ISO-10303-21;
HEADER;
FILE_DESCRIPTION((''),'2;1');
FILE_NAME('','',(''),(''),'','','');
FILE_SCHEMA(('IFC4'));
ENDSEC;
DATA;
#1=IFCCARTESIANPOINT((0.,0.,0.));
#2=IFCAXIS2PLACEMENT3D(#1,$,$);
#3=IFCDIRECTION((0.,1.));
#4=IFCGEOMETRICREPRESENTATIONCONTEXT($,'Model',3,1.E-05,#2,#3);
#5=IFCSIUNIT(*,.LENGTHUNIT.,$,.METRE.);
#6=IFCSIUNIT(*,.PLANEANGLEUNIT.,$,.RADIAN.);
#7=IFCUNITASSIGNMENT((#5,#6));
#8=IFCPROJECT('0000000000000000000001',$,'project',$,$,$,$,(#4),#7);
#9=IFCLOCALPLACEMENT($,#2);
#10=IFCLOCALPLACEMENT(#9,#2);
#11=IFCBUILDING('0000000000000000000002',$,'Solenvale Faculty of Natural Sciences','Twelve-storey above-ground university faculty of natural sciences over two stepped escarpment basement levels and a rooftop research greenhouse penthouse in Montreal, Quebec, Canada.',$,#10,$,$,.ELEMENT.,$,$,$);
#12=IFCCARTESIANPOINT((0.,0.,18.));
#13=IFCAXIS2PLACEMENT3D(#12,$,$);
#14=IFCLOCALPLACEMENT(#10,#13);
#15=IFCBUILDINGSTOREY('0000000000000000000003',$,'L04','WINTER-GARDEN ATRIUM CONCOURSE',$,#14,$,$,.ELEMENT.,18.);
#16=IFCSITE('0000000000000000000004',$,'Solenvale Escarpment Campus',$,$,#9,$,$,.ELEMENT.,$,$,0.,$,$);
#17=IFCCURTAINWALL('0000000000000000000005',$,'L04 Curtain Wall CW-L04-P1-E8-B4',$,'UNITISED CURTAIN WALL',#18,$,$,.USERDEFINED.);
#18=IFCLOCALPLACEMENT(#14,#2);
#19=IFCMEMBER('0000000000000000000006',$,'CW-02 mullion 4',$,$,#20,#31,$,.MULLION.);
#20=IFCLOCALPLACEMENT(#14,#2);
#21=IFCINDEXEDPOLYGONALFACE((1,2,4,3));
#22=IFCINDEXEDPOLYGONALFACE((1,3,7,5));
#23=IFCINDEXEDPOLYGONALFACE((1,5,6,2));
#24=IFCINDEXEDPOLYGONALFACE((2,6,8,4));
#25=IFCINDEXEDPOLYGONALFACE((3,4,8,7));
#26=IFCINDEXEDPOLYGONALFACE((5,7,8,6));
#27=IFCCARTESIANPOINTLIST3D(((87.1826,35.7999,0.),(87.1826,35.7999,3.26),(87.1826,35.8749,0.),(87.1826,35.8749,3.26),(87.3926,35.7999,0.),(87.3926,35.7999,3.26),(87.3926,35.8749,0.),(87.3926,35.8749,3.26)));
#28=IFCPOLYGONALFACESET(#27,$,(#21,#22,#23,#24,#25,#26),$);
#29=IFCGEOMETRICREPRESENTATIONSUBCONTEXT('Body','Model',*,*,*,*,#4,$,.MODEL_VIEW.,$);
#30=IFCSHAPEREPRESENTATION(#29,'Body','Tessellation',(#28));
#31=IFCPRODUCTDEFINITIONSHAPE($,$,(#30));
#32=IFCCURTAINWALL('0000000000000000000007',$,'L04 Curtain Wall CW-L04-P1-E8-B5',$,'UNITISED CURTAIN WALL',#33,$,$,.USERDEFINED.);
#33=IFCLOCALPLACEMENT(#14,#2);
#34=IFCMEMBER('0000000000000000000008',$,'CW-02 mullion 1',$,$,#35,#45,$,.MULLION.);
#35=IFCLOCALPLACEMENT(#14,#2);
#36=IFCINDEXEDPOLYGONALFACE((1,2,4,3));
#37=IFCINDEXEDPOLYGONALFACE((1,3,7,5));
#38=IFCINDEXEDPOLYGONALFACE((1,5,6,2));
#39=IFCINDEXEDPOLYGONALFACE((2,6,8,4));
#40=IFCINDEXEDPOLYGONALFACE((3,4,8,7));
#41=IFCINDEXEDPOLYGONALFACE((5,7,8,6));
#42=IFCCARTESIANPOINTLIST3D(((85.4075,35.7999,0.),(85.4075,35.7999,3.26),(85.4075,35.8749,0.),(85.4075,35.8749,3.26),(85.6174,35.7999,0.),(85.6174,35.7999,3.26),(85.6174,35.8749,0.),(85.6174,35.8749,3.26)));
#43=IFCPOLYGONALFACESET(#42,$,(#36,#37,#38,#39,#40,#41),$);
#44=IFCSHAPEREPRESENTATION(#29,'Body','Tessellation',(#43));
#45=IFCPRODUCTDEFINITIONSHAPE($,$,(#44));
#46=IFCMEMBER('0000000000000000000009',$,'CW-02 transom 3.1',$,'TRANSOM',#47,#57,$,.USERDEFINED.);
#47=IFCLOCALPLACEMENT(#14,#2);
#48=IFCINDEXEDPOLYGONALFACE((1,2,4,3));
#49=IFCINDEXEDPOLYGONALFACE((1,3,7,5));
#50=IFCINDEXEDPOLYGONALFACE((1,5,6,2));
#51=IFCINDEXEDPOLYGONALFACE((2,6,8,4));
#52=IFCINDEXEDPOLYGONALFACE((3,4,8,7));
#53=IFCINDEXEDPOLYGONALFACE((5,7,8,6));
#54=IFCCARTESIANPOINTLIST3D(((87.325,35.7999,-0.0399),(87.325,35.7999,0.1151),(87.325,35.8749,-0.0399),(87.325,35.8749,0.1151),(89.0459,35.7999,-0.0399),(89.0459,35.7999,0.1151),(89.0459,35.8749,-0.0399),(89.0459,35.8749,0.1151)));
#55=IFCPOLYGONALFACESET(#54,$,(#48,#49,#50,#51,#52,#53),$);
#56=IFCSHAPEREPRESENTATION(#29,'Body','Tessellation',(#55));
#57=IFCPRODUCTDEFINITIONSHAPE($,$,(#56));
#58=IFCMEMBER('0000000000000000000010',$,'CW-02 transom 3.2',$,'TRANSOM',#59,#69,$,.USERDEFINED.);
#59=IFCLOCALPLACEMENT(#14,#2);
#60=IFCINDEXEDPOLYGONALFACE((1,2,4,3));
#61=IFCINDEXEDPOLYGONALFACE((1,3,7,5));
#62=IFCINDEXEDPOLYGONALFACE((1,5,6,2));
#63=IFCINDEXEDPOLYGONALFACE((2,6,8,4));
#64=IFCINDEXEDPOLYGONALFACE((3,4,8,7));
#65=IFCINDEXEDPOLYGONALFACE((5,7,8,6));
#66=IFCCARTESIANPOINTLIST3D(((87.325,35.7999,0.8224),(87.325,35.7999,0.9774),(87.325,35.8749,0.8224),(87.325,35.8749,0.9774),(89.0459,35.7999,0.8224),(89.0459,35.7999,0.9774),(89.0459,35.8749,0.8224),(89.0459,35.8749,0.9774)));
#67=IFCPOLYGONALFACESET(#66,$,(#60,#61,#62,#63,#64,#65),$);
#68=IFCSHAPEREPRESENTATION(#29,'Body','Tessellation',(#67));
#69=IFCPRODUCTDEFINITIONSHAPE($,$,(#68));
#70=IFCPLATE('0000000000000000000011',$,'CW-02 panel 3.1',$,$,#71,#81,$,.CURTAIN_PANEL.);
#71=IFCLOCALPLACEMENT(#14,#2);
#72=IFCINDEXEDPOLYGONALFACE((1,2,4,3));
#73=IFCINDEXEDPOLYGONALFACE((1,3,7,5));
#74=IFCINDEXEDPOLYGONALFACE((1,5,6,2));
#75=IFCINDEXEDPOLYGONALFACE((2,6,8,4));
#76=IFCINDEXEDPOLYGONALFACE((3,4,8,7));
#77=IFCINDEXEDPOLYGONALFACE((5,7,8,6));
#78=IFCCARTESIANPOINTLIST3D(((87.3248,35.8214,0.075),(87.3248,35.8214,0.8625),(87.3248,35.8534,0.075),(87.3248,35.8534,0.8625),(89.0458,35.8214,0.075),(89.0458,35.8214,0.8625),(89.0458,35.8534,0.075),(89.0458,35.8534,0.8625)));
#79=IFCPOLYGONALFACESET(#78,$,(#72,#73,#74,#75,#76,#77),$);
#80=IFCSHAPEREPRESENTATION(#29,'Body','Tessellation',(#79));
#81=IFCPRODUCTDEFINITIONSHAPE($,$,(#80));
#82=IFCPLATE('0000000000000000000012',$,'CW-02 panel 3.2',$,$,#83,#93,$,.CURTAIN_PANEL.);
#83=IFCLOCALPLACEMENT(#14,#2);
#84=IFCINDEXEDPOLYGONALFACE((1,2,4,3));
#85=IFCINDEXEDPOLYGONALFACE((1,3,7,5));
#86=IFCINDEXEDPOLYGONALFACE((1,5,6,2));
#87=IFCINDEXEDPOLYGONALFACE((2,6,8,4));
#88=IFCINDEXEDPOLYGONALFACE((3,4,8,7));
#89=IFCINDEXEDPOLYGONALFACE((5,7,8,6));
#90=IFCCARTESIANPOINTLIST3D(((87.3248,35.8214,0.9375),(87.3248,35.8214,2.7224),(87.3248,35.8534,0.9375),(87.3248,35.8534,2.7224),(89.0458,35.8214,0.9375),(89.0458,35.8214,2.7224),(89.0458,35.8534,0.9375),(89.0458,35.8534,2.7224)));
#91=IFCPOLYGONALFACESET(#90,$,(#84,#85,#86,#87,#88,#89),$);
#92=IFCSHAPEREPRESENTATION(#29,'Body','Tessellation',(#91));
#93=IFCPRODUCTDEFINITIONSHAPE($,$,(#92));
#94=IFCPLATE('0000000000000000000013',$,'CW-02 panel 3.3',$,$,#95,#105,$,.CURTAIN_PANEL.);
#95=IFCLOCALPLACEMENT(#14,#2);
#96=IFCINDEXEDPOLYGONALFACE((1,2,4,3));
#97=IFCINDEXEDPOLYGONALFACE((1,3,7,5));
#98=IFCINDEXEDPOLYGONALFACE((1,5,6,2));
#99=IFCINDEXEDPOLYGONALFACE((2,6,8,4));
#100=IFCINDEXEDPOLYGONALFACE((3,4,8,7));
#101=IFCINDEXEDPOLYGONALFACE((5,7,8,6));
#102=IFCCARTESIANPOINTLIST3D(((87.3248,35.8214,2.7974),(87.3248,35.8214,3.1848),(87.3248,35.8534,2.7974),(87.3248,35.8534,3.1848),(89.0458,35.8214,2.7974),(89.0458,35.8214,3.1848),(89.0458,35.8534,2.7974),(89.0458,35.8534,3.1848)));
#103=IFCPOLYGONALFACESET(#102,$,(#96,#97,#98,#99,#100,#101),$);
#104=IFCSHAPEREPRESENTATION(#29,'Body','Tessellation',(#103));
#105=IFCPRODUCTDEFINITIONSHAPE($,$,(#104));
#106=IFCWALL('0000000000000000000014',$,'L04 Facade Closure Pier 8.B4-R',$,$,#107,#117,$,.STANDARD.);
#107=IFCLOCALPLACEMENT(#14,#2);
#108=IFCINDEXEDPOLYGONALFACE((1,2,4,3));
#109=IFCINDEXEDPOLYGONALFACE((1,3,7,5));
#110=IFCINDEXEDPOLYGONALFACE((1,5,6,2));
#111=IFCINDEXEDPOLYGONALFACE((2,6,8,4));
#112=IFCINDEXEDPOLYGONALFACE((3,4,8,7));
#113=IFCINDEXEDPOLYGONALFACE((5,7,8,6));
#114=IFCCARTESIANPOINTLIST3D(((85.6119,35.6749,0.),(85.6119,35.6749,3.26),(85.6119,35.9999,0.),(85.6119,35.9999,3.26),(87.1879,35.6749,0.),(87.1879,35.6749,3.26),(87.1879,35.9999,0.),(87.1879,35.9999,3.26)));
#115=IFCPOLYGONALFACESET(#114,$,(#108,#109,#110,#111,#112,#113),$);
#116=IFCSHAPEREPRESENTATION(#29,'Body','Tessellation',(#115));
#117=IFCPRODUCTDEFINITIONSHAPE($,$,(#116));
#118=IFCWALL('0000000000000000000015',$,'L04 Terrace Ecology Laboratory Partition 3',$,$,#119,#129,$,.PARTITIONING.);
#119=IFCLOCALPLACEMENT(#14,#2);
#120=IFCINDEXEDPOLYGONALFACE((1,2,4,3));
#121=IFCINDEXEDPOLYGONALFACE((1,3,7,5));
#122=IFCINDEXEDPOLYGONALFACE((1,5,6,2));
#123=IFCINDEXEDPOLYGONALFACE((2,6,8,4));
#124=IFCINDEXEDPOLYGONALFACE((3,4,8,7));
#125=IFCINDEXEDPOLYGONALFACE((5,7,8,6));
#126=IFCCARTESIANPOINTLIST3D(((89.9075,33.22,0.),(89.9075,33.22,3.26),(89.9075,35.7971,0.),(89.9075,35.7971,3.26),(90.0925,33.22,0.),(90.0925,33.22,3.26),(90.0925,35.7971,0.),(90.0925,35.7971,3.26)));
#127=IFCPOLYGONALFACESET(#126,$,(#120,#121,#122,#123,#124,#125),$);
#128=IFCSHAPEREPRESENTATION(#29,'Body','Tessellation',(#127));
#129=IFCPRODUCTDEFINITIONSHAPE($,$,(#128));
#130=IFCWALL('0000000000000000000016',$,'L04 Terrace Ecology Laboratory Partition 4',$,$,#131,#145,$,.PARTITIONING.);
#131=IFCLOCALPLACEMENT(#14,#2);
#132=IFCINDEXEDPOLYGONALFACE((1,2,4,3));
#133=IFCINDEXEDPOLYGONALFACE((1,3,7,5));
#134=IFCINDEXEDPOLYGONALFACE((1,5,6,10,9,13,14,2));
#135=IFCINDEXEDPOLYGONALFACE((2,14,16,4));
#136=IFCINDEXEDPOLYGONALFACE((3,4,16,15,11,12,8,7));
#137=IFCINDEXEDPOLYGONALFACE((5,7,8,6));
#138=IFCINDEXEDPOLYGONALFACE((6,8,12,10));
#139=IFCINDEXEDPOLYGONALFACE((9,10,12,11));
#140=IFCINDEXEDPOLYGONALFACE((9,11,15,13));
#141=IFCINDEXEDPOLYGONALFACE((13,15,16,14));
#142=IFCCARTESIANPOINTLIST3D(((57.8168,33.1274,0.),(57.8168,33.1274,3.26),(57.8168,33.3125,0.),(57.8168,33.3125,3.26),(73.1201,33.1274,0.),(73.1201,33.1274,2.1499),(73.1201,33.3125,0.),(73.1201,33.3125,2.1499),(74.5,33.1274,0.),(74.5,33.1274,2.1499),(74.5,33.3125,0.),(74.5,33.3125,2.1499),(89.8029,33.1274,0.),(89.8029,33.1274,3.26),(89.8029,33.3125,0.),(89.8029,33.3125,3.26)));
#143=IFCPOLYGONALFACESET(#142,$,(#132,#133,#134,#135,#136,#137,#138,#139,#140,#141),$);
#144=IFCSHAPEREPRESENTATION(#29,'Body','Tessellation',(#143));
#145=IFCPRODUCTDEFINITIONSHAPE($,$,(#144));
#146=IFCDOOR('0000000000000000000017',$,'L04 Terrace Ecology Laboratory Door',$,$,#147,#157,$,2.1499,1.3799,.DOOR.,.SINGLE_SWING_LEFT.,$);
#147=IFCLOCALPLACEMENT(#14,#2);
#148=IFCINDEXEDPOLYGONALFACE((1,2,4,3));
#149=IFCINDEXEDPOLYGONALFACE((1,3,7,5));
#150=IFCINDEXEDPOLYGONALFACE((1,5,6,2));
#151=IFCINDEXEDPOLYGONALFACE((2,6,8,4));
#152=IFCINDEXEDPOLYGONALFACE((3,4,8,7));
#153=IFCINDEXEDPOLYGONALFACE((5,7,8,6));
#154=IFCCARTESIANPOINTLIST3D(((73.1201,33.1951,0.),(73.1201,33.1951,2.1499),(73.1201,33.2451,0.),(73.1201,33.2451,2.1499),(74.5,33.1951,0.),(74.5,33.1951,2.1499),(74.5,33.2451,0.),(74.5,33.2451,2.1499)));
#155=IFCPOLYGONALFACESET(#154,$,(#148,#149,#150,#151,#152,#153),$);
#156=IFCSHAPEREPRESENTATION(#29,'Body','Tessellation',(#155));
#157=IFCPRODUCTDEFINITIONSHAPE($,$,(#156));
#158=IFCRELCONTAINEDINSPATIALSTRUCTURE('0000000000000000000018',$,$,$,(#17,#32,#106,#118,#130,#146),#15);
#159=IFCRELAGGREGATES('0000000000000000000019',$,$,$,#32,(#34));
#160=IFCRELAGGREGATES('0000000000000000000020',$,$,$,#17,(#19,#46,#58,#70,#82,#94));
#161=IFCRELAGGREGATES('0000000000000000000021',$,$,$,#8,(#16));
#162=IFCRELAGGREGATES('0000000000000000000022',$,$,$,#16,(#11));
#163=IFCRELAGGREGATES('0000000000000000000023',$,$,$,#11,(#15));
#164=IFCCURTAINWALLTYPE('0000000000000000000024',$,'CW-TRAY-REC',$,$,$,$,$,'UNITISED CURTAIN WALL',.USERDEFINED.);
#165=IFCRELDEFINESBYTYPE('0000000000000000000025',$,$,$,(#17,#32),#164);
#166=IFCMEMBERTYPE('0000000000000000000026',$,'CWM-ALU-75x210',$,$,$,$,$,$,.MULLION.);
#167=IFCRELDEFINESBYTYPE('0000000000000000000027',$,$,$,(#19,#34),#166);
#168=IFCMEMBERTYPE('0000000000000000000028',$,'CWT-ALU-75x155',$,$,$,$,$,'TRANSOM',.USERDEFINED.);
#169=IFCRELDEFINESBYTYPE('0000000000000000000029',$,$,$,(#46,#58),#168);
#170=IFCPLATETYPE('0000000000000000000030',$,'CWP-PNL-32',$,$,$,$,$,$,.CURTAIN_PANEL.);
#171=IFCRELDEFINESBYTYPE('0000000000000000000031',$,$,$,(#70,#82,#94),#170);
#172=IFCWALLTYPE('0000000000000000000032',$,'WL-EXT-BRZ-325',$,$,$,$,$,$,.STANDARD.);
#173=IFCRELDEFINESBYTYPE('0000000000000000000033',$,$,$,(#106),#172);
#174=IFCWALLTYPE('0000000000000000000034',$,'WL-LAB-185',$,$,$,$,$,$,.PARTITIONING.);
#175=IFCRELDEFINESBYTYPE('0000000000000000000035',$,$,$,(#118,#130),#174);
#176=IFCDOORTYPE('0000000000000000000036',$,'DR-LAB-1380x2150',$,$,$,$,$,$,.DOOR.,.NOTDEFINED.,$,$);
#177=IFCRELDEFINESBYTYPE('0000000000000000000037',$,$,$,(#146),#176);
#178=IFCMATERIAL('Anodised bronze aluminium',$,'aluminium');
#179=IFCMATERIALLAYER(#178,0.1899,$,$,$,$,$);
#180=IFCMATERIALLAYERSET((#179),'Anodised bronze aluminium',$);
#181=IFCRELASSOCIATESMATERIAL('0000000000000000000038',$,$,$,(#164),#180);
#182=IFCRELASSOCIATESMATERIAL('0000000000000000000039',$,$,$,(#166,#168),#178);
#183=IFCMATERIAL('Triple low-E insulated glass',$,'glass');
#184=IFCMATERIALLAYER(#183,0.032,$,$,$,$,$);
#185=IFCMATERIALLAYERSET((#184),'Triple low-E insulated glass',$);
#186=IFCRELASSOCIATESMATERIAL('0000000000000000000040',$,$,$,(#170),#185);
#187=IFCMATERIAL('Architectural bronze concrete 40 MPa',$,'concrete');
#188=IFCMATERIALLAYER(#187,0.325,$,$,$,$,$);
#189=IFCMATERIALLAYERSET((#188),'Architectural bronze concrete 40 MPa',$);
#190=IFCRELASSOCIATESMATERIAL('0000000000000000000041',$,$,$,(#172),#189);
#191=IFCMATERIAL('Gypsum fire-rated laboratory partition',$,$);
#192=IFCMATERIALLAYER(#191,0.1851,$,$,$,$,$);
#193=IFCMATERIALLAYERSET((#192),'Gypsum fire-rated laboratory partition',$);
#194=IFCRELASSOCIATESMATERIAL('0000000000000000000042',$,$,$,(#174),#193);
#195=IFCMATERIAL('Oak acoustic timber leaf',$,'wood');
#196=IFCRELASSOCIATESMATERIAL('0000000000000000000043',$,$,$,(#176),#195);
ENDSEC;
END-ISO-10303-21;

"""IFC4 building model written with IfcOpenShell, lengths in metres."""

from ifc_helpers import new_model, si_unit, direction, frame, frame_2d, origin, origin_2d, place, context, subcontext, project, spatial, rectangle, extrude, material, layer, layer_set, material_profile, profile_set, type_object, element, fill, aggregate, save


model = new_model("IFC4")

# Units and contexts
model_context = context("Model", 3, precision=1e-05, world=origin(), true_north=direction((0.0, 1.0)))
body_context = subcontext(model_context, "Body", "Model", "MODEL_VIEW")
ifc_project = project(units=[si_unit("LENGTHUNIT", "METRE"), si_unit("PLANEANGLEUNIT", "RADIAN")], contexts=[model_context])

# Site, building, storey
site_placement = place(None, origin())
site = spatial("IfcSite", under=ifc_project, at=site_placement, Name="Solenvale Escarpment Campus", CompositionType="ELEMENT", RefElevation=0.0)
building_placement = place(site_placement, origin())
building = spatial("IfcBuilding", under=site, at=building_placement, Name="Solenvale Faculty of Natural Sciences", Description="Twelve-storey above-ground university faculty of natural sciences over two stepped escarpment basement levels and a rooftop research greenhouse penthouse in Montreal, Quebec, Canada.", CompositionType="ELEMENT")
storey_placement = place(building_placement, frame((0.0, 0.0, 18.0)))
storey = spatial("IfcBuildingStorey", under=building, at=storey_placement, Name="L04", Description="WINTER-GARDEN ATRIUM CONCOURSE", CompositionType="ELEMENT", Elevation=18.0)

# Curtain walls, members
ifc_material_1 = material(Name="Anodised bronze aluminium", Category="aluminium")
ifc_layer_1 = layer(ifc_material_1, 0.1899)
ifc_layer_set_1 = layer_set([ifc_layer_1], Name="Anodised bronze aluminium")
curtain_wall_type = type_object("IfcCurtainWallType", Name="CW-TRAY-REC", ElementType="UNITISED CURTAIN WALL", PredefinedType="USERDEFINED", material=ifc_layer_set_1)
curtain_wall_1_placement = place(storey_placement, origin())
curtain_wall_1 = element("IfcCurtainWall", 1, at=curtain_wall_1_placement, inside=storey, type_object=curtain_wall_type, Name="L04 Curtain Wall CW-L04-P1-E8-B4", ObjectType="UNITISED CURTAIN WALL", PredefinedType="USERDEFINED")
ifc_material_profile_1 = material_profile(ifc_material_1, rectangle(XDim=0.075, YDim=0.21, at=origin_2d()), Name="ALU-MUL-75x210")
ifc_profile_set_1 = profile_set([ifc_material_profile_1], Name="Anodised bronze aluminium")
member_type_1 = type_object("IfcMemberType", Name="CWM-ALU-75x210", PredefinedType="MULLION", material=ifc_profile_set_1)
member_1_placement = place(storey_placement, frame((87.2876, 35.8374, 0.0), z_axis=(0.0, 0.0, 1.0), x_axis=(0.0, -1.0, 0.0)))
member_1 = element("IfcMember", 2, at=member_1_placement, type_object=member_type_1, Name="CW-02 mullion 4", PredefinedType="MULLION", context=body_context, shape_type="SweptSolid", body=[
    extrude(rectangle(XDim=0.075, YDim=0.21, at=origin_2d()), origin(), (0.0, 0.0, 1.0), 3.26),
])
curtain_wall_2_placement = place(storey_placement, origin())
curtain_wall_2 = element("IfcCurtainWall", 3, at=curtain_wall_2_placement, inside=storey, type_object=curtain_wall_type, Name="L04 Curtain Wall CW-L04-P1-E8-B5", ObjectType="UNITISED CURTAIN WALL", PredefinedType="USERDEFINED")
member_2_placement = place(storey_placement, frame((85.5125, 35.8374, 0.0), z_axis=(0.0, 0.0, 1.0), x_axis=(0.0, -1.0, 0.0)))
member_2 = element("IfcMember", 4, at=member_2_placement, type_object=member_type_1, Name="CW-02 mullion 1", PredefinedType="MULLION", context=body_context, shape_type="SweptSolid", body=[
    extrude(rectangle(XDim=0.075, YDim=0.21, at=origin_2d()), origin(), (0.0, 0.0, 1.0), 3.26),
])
aggregate(curtain_wall_2, [member_2])

# Members
ifc_material_profile_2 = material_profile(ifc_material_1, rectangle(XDim=0.075, YDim=0.155, at=origin_2d()), Name="ALU-TRN-75x155")
ifc_profile_set_2 = profile_set([ifc_material_profile_2], Name="Anodised bronze aluminium")
member_type_2 = type_object("IfcMemberType", Name="CWT-ALU-75x155", ElementType="TRANSOM", PredefinedType="USERDEFINED", material=ifc_profile_set_2)
member_3_placement = place(storey_placement, frame((89.0459, 35.8374, 0.0376), z_axis=(-1.0, 0.0, 0.0), x_axis=(0.0, -1.0, 0.0)))
member_3 = element("IfcMember", 5, at=member_3_placement, type_object=member_type_2, Name="CW-02 transom 3.1", ObjectType="TRANSOM", PredefinedType="USERDEFINED", context=body_context, shape_type="SweptSolid", body=[
    extrude(rectangle(XDim=0.075, YDim=0.155, at=origin_2d()), origin(), (0.0, 0.0, 1.0), 1.7209),
])
member_4_placement = place(storey_placement, frame((89.0459, 35.8374, 0.8999), z_axis=(-1.0, 0.0, 0.0), x_axis=(0.0, -1.0, 0.0)))
member_4 = element("IfcMember", 6, at=member_4_placement, type_object=member_type_2, Name="CW-02 transom 3.2", ObjectType="TRANSOM", PredefinedType="USERDEFINED", context=body_context, shape_type="SweptSolid", body=[
    extrude(rectangle(XDim=0.075, YDim=0.155, at=origin_2d()), origin(), (0.0, 0.0, 1.0), 1.7209),
])

# Plates
ifc_material_2 = material(Name="Triple low-E insulated glass", Category="glass")
ifc_layer_2 = layer(ifc_material_2, 0.032)
ifc_layer_set_2 = layer_set([ifc_layer_2], Name="Triple low-E insulated glass")
plate_type = type_object("IfcPlateType", Name="CWP-PNL-32", PredefinedType="CURTAIN_PANEL", material=ifc_layer_set_2)
plate_1_placement = place(storey_placement, frame((88.1853, 35.8374, 0.075), z_axis=(0.0, 0.0, 1.0), x_axis=(-1.0, 0.0, 0.0)))
plate_1 = element("IfcPlate", 7, at=plate_1_placement, type_object=plate_type, Name="CW-02 panel 3.1", PredefinedType="CURTAIN_PANEL", context=body_context, shape_type="SweptSolid", body=[
    extrude(rectangle(XDim=1.7209, YDim=0.032, at=origin_2d()), origin(), (0.0, 0.0, 1.0), 0.7876),
])
plate_2_placement = place(storey_placement, frame((88.1853, 35.8374, 0.9375), z_axis=(0.0, 0.0, 1.0), x_axis=(-1.0, 0.0, 0.0)))
plate_2 = element("IfcPlate", 8, at=plate_2_placement, type_object=plate_type, Name="CW-02 panel 3.2", PredefinedType="CURTAIN_PANEL", context=body_context, shape_type="SweptSolid", body=[
    extrude(rectangle(XDim=1.7209, YDim=0.032, at=origin_2d()), origin(), (0.0, 0.0, 1.0), 1.7849),
])
plate_3_placement = place(storey_placement, frame((88.1853, 35.8374, 2.7974), z_axis=(0.0, 0.0, 1.0), x_axis=(-1.0, 0.0, 0.0)))
plate_3 = element("IfcPlate", 9, at=plate_3_placement, type_object=plate_type, Name="CW-02 panel 3.3", PredefinedType="CURTAIN_PANEL", context=body_context, shape_type="SweptSolid", body=[
    extrude(rectangle(XDim=1.7209, YDim=0.032, at=origin_2d()), origin(), (0.0, 0.0, 1.0), 0.3875),
])
aggregate(curtain_wall_1, [member_1, member_3, member_4, plate_1, plate_2, plate_3])

# Walls
ifc_material_3 = material(Name="Architectural bronze concrete 40 MPa", Category="concrete")
ifc_layer_3 = layer(ifc_material_3, 0.325)
ifc_layer_set_3 = layer_set([ifc_layer_3], Name="Architectural bronze concrete 40 MPa")
wall_type_1 = type_object("IfcWallType", Name="WL-EXT-BRZ-325", PredefinedType="STANDARD", material=ifc_layer_set_3)
wall_1_placement = place(storey_placement, frame((87.188, 35.8374, 0.0), z_axis=(0.0, 0.0, 1.0), x_axis=(-1.0, 0.0, 0.0)))
element("IfcWall", 10, at=wall_1_placement, inside=storey, type_object=wall_type_1, Name="L04 Facade Closure Pier 8.B4-R", PredefinedType="STANDARD", context=body_context, shape_type="SweptSolid", body=[
    extrude(rectangle(XDim=1.5759, YDim=0.325, at=frame_2d((0.7881, 0.0))), origin(), (0.0, 0.0, 1.0), 3.26),
])
ifc_material_4 = material(Name="Gypsum fire-rated laboratory partition")
ifc_layer_4 = layer(ifc_material_4, 0.1851)
ifc_layer_set_4 = layer_set([ifc_layer_4], Name="Gypsum fire-rated laboratory partition")
wall_type_2 = type_object("IfcWallType", Name="WL-LAB-185", PredefinedType="PARTITIONING", material=ifc_layer_set_4)
wall_2_placement = place(storey_placement, frame((90.0, 35.7971, 0.0), z_axis=(0.0, 0.0, 1.0), x_axis=(0.0, -1.0, 0.0)))
element("IfcWall", 11, at=wall_2_placement, inside=storey, type_object=wall_type_2, Name="L04 Terrace Ecology Laboratory Partition 3", PredefinedType="PARTITIONING", context=body_context, shape_type="SweptSolid", body=[
    extrude(rectangle(XDim=2.5771, YDim=0.1851, at=frame_2d((1.2886, 0.0))), origin(), (0.0, 0.0, 1.0), 3.26),
])

# Wall, opening, door
wall_3_placement = place(storey_placement, frame((89.803, 33.22, 0.0), z_axis=(0.0, 0.0, 1.0), x_axis=(-1.0, 0.0, 0.0)))
wall_3 = element("IfcWall", 12, at=wall_3_placement, inside=storey, type_object=wall_type_2, Name="L04 Terrace Ecology Laboratory Partition 4", PredefinedType="PARTITIONING", context=body_context, shape_type="SweptSolid", body=[
    extrude(rectangle(XDim=31.9861, YDim=0.1851, at=frame_2d((15.9932, 0.0))), origin(), (0.0, 0.0, 1.0), 3.26),
])
opening_1_placement = place(wall_3_placement, frame((15.303, 0.0, 0.0)))
opening_1 = element("IfcOpeningElement", 13, at=opening_1_placement, cuts=wall_3, PredefinedType="OPENING", context=body_context, shape_type="SweptSolid", body=[
    extrude(rectangle(XDim=1.3799, YDim=2.1499, at=frame_2d((0.6899, 1.075))), frame((0.0, 0.1025, 0.0), z_axis=(0.0, -1.0, 0.0), x_axis=(1.0, 0.0, 0.0)), (0.0, 0.0, 1.0), 0.2051),
])
ifc_material_5 = material(Name="Oak acoustic timber leaf", Category="wood")
door_type_1 = type_object("IfcDoorType", Name="DR-LAB-1380x2150", OperationType="NOTDEFINED", PredefinedType="DOOR", material=ifc_material_5)
door_1_placement = place(opening_1_placement, origin())
door_1 = element("IfcDoor", 14, at=door_1_placement, inside=storey, type_object=door_type_1, Name="L04 Terrace Ecology Laboratory Door", OperationType="SINGLE_SWING_LEFT", OverallHeight=2.1499, OverallWidth=1.3799, PredefinedType="DOOR", context=body_context, shape_type="SweptSolid", body=[
    extrude(rectangle(XDim=1.3799, YDim=2.1499, at=frame_2d((0.6899, 1.075))), frame((0.0, 0.0249, 0.0), z_axis=(0.0, -1.0, 0.0), x_axis=(1.0, 0.0, 0.0)), (0.0, 0.0, 1.0), 0.05),
])
fill(opening_1, door_1)

save(model, "model.ifc")
